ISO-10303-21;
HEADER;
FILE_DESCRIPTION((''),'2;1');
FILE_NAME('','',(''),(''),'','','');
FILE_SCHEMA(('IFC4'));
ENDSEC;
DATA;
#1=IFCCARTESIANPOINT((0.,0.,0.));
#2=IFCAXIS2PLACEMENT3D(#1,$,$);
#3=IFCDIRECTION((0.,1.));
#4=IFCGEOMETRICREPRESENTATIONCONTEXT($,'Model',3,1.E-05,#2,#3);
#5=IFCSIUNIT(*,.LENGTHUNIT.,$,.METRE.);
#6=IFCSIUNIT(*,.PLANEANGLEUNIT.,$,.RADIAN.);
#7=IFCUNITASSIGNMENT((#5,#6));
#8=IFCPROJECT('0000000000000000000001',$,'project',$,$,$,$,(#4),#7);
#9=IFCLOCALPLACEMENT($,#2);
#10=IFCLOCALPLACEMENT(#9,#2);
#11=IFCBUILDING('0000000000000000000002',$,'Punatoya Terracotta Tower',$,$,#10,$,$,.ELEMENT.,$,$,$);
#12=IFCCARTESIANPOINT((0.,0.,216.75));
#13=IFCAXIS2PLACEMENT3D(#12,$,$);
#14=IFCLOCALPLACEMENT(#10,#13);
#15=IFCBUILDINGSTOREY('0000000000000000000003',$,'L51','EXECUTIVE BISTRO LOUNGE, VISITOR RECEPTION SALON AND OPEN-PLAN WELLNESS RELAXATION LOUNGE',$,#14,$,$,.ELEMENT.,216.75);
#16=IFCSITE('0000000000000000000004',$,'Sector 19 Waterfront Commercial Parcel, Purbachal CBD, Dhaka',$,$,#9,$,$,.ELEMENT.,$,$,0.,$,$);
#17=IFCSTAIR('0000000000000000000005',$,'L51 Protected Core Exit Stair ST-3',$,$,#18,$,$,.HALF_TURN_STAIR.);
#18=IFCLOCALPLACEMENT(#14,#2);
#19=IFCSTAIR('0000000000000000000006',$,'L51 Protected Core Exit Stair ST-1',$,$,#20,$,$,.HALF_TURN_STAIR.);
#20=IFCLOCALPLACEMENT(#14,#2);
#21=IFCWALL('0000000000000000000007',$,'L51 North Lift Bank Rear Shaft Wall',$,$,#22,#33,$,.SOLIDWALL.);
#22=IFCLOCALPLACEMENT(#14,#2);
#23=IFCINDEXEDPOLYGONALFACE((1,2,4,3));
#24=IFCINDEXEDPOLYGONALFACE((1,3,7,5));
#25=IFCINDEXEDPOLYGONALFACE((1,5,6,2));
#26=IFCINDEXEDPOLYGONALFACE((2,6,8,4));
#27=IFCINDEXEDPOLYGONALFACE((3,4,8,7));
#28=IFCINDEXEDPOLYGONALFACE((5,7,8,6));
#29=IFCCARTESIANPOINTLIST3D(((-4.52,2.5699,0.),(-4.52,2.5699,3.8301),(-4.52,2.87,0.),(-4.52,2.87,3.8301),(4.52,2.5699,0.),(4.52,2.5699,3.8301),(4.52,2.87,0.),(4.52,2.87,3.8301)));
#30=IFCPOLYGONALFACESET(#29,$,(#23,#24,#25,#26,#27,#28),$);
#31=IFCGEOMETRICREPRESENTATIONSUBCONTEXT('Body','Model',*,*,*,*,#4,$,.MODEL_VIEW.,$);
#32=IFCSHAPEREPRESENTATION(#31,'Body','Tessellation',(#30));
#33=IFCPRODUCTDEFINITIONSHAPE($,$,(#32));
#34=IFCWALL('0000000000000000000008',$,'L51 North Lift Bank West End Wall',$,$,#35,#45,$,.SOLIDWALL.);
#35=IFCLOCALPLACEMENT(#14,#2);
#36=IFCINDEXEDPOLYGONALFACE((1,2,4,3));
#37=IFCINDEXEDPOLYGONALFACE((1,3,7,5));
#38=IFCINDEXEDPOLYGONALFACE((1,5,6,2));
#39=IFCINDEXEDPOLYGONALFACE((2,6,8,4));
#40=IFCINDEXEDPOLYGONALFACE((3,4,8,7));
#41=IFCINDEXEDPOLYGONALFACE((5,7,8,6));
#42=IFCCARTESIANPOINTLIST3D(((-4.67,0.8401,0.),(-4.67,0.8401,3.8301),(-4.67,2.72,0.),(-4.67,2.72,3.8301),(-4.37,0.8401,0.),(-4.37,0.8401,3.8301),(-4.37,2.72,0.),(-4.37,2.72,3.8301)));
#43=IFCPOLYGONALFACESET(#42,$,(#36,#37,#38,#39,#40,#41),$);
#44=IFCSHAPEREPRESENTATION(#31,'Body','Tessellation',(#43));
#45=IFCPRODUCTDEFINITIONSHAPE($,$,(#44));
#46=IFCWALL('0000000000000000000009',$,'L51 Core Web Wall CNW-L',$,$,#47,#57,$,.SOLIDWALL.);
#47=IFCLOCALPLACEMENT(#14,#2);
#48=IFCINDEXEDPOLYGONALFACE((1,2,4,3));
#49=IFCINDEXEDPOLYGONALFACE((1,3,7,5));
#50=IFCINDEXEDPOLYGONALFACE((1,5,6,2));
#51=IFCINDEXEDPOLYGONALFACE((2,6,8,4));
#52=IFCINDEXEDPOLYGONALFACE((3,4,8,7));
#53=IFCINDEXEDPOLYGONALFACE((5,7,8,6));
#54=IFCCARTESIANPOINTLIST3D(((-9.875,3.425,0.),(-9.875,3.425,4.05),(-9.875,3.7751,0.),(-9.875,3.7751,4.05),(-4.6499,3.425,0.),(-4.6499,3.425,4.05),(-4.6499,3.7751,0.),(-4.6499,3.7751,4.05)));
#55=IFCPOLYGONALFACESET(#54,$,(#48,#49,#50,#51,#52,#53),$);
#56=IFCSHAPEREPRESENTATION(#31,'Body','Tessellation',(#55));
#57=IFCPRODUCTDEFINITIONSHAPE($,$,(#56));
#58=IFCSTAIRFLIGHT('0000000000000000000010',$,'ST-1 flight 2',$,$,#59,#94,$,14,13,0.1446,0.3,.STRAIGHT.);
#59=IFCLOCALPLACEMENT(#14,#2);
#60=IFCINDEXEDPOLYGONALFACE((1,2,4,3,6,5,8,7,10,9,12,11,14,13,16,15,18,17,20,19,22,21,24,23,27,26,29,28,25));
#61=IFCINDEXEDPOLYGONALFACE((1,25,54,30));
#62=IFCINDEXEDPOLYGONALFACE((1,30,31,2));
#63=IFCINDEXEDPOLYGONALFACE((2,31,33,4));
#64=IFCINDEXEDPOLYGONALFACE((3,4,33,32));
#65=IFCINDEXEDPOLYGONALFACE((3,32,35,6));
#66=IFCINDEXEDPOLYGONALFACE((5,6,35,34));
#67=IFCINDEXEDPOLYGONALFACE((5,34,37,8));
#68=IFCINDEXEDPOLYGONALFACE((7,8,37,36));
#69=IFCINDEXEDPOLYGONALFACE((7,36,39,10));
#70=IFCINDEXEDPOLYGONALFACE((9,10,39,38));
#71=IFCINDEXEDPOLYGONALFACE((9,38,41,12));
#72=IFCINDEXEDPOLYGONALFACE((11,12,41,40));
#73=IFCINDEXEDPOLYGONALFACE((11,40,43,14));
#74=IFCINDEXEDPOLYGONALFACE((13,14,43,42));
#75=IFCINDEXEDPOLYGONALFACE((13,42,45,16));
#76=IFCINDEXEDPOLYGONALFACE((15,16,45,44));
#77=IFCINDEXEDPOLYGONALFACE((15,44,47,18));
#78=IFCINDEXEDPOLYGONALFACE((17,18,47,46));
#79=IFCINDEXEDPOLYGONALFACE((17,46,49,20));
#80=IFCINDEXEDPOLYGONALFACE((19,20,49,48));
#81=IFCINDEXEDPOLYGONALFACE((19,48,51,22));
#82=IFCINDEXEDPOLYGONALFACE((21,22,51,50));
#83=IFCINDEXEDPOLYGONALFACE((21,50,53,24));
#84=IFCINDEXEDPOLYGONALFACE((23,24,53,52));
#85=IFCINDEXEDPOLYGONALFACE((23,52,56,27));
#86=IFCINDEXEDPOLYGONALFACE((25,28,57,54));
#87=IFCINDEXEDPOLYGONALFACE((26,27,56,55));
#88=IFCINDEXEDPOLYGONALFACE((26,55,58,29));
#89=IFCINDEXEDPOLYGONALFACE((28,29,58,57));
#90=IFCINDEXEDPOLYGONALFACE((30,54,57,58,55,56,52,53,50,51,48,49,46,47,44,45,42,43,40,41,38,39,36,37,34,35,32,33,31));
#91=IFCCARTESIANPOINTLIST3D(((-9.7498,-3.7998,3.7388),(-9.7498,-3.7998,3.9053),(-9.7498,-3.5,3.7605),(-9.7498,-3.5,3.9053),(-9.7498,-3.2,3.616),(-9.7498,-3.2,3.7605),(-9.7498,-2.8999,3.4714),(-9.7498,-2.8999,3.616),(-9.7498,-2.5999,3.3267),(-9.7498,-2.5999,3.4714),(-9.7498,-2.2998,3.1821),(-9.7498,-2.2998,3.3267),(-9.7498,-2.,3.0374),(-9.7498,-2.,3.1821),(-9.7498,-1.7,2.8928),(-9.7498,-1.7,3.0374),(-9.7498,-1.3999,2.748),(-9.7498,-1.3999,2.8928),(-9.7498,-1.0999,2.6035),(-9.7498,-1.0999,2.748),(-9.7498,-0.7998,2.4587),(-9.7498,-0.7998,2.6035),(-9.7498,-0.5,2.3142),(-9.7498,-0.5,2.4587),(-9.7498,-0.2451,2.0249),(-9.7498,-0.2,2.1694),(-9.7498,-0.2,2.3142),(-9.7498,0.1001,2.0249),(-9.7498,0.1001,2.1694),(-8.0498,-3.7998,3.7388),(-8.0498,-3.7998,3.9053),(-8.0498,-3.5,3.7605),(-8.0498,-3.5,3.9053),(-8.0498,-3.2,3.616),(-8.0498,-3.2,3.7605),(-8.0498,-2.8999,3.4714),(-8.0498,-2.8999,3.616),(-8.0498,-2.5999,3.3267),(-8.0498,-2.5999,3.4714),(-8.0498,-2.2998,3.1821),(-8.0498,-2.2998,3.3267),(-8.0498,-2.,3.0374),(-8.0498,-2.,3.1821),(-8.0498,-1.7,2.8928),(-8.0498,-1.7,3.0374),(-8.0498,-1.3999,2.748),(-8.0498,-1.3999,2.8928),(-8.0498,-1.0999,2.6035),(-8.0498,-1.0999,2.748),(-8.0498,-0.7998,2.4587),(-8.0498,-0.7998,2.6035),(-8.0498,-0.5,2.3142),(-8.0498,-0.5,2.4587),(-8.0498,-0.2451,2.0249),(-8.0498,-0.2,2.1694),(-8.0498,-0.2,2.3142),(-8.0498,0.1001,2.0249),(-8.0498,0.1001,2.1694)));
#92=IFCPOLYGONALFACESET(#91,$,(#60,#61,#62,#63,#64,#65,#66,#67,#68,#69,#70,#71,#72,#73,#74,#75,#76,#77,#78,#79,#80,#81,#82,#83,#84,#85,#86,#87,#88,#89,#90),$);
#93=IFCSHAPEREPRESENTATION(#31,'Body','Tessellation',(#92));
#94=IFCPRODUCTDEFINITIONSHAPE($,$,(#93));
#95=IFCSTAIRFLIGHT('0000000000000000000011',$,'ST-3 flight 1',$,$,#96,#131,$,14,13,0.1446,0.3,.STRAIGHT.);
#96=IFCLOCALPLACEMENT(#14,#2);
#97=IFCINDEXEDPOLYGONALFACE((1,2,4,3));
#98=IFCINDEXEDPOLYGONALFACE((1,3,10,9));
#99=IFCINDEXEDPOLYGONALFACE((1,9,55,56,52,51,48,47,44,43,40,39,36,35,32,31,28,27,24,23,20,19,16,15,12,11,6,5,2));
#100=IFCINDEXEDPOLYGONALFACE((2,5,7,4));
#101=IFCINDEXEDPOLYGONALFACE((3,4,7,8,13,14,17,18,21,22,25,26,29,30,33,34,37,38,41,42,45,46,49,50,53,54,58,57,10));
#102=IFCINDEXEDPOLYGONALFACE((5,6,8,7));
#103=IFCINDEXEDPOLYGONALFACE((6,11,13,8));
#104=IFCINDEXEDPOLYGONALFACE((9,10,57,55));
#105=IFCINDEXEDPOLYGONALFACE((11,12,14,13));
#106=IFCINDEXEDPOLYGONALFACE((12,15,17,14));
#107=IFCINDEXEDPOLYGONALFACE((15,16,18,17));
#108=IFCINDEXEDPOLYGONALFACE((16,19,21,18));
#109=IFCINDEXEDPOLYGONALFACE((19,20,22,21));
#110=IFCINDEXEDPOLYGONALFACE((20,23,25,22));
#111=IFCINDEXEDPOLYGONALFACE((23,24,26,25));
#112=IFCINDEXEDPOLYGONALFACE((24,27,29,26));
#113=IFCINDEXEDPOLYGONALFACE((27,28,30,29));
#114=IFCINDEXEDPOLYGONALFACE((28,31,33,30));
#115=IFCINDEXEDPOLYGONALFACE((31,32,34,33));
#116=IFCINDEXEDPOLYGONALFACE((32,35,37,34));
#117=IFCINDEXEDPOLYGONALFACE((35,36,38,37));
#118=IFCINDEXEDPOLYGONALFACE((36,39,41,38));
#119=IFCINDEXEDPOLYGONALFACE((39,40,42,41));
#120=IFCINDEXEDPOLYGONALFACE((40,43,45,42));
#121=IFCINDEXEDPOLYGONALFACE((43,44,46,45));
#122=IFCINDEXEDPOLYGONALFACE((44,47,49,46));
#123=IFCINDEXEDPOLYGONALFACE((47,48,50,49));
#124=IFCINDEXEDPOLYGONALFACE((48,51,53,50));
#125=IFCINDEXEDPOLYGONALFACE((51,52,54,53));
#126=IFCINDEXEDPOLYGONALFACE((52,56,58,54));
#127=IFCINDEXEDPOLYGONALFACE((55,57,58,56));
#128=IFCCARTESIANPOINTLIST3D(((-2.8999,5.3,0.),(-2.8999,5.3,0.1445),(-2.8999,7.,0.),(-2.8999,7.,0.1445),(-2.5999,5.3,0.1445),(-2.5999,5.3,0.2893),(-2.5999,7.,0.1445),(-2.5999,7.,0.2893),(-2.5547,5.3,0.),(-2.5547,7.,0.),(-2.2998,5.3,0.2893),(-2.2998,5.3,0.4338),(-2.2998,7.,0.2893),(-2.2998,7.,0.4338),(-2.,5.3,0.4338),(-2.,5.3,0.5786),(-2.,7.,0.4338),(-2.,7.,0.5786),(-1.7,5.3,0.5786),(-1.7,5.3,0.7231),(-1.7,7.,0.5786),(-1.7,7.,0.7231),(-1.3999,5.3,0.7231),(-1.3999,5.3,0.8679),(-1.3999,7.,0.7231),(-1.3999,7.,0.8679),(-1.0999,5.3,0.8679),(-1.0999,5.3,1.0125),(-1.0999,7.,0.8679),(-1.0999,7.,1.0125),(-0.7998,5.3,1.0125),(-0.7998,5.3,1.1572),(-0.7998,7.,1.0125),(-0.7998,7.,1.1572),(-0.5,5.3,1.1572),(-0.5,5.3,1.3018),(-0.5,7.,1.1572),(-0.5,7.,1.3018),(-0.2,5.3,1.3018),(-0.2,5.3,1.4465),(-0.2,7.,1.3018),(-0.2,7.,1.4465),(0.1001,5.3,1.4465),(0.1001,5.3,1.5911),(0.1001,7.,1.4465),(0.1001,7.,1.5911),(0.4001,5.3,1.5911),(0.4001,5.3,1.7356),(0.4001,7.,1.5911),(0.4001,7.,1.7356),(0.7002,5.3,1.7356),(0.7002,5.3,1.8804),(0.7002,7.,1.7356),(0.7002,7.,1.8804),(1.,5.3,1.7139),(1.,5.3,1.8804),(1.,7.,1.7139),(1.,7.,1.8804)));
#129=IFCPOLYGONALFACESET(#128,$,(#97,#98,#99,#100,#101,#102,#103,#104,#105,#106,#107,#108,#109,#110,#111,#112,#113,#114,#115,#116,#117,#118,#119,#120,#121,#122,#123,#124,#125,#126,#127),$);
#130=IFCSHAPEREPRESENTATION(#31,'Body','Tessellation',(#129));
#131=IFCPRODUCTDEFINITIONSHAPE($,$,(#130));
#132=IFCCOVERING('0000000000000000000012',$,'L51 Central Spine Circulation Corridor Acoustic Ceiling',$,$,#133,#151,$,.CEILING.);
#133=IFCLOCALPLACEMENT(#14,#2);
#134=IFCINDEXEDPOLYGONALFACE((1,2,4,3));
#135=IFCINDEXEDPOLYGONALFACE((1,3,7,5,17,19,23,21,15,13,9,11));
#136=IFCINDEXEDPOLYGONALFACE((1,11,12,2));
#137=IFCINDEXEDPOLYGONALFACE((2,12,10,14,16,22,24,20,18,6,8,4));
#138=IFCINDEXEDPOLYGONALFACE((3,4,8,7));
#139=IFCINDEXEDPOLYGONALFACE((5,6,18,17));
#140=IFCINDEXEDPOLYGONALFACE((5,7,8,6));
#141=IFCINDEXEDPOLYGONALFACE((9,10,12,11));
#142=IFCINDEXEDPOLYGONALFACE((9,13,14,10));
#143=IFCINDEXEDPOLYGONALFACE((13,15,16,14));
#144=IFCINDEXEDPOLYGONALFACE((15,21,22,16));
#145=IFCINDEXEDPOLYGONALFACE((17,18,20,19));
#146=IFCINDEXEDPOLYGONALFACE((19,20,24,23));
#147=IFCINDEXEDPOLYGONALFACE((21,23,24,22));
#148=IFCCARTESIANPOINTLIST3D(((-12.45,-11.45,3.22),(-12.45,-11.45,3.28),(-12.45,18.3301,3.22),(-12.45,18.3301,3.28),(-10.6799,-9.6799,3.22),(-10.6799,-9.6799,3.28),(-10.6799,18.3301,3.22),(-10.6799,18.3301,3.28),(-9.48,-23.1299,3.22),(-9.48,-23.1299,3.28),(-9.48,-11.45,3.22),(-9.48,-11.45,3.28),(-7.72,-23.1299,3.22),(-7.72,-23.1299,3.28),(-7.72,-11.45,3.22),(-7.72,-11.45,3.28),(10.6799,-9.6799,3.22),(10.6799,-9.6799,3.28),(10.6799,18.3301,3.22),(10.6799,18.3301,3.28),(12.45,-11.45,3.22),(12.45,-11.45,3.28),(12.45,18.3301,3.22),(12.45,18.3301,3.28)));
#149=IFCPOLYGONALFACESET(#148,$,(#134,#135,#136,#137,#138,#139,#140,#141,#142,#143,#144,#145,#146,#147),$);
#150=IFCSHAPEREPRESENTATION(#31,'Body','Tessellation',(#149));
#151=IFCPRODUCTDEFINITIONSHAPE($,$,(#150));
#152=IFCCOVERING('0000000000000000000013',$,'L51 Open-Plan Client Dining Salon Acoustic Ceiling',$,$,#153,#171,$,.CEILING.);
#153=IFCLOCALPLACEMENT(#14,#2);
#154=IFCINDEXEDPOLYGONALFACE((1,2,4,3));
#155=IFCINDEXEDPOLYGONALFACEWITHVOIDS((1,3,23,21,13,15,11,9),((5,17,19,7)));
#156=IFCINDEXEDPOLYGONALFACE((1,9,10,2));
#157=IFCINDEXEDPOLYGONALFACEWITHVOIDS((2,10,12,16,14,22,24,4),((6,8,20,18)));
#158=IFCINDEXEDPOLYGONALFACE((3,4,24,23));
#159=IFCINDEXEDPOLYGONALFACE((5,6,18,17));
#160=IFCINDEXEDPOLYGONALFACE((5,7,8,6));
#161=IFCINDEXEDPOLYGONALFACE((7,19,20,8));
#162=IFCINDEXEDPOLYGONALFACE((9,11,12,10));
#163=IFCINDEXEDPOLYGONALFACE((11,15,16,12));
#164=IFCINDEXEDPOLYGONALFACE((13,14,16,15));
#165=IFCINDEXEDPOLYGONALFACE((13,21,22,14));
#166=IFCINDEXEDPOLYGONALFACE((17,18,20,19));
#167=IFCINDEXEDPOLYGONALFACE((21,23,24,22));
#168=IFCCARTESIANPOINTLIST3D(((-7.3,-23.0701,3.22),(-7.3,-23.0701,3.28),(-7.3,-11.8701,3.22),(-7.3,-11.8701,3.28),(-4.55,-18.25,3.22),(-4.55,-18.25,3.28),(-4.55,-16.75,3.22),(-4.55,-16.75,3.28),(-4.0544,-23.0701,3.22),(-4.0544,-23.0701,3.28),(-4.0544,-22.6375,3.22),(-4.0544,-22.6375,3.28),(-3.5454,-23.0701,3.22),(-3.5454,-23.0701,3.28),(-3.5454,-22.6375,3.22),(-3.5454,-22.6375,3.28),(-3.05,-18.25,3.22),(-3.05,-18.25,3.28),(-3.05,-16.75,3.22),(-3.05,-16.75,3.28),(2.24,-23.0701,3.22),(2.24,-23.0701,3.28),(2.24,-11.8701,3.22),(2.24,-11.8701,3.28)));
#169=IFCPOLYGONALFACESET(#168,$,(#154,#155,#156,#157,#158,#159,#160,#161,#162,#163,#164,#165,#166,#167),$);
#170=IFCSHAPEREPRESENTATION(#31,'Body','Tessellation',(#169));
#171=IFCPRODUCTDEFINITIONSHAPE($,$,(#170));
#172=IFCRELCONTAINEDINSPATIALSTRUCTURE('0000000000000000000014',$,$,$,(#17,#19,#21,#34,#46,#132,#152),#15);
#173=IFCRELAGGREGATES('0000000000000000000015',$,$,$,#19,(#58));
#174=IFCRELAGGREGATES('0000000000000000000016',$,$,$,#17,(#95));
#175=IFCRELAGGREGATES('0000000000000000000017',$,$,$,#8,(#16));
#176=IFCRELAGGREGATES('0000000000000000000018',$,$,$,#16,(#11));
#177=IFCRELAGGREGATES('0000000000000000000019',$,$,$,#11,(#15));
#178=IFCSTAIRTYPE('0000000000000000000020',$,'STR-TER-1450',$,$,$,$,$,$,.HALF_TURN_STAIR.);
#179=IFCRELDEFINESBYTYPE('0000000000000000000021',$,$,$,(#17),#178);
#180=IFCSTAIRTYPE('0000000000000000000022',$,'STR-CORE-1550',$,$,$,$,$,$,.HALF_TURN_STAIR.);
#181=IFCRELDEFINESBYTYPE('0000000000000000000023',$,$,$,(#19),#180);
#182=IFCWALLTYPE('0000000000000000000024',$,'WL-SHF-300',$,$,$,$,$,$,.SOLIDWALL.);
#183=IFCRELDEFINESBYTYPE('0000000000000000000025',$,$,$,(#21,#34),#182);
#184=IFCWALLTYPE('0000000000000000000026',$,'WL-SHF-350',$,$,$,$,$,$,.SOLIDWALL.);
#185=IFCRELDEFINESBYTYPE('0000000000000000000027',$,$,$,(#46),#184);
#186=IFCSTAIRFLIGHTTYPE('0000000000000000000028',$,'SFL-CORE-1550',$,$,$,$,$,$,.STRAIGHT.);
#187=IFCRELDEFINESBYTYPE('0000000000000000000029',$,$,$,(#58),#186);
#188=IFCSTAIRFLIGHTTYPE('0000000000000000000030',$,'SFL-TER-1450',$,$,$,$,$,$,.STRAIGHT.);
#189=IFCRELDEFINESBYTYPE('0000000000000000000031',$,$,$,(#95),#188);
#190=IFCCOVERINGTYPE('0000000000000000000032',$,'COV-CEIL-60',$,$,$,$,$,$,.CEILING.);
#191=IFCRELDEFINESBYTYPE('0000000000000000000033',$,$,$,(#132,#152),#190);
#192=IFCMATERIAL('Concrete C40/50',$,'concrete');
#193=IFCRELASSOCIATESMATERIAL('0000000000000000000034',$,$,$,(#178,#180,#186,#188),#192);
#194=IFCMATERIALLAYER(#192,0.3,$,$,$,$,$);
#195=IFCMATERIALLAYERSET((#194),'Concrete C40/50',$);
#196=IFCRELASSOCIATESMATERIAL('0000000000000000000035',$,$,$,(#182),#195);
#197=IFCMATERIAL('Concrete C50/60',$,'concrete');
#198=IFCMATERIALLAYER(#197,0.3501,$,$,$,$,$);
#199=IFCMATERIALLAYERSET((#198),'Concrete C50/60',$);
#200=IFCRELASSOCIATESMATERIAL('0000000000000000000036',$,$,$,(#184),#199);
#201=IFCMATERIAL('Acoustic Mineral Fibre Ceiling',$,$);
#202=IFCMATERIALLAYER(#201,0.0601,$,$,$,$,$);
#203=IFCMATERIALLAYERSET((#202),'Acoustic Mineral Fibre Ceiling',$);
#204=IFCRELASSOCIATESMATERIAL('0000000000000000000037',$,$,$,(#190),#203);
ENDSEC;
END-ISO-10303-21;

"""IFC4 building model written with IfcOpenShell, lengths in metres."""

from ifc_helpers import new_model, si_unit, direction, frame, frame_2d, origin, place, context, subcontext, project, spatial, polyline, rectangle, outline, extrude, material, layer, layer_set, type_object, element, aggregate, save


model = new_model("IFC4")

# Units and contexts
model_context = context("Model", 3, precision=1e-05, world=origin(), true_north=direction((0.0, 1.0)))
body_context = subcontext(model_context, "Body", "Model", "MODEL_VIEW")
ifc_project = project(units=[si_unit("LENGTHUNIT", "METRE"), si_unit("PLANEANGLEUNIT", "RADIAN")], contexts=[model_context])

# Site, building, storey
site_placement = place(None, origin())
site = spatial("IfcSite", under=ifc_project, at=site_placement, Name="Sector 19 Waterfront Commercial Parcel, Purbachal CBD, Dhaka", CompositionType="ELEMENT", RefElevation=0.0)
building_placement = place(site_placement, origin())
building = spatial("IfcBuilding", under=site, at=building_placement, Name="Punatoya Terracotta Tower", CompositionType="ELEMENT")
storey_placement = place(building_placement, frame((0.0, 0.0, 216.75)))
storey = spatial("IfcBuildingStorey", under=building, at=storey_placement, Name="L51", Description="EXECUTIVE BISTRO LOUNGE, VISITOR RECEPTION SALON AND OPEN-PLAN WELLNESS RELAXATION LOUNGE", CompositionType="ELEMENT", Elevation=216.75)

# Stairs
ifc_material_1 = material(Name="Concrete C40/50", Category="concrete")
stair_type_1 = type_object("IfcStairType", Name="STR-TER-1450", PredefinedType="HALF_TURN_STAIR", material=ifc_material_1)
stair_1_placement = place(storey_placement, origin())
stair_1 = element("IfcStair", 1, at=stair_1_placement, inside=storey, type_object=stair_type_1, Name="L51 Protected Core Exit Stair ST-3", PredefinedType="HALF_TURN_STAIR")
stair_type_2 = type_object("IfcStairType", Name="STR-CORE-1550", PredefinedType="HALF_TURN_STAIR", material=ifc_material_1)
stair_2_placement = place(storey_placement, origin())
stair_2 = element("IfcStair", 2, at=stair_2_placement, inside=storey, type_object=stair_type_2, Name="L51 Protected Core Exit Stair ST-1", PredefinedType="HALF_TURN_STAIR")

# Shared definitions
ifc_layer_1 = layer(ifc_material_1, 0.3)
ifc_layer_set_1 = layer_set([ifc_layer_1], Name="Concrete C40/50")
wall_type_1 = type_object("IfcWallType", Name="WL-SHF-300", PredefinedType="SOLIDWALL", material=ifc_layer_set_1)

# Walls
wall_1_placement = place(storey_placement, frame((-4.52, 2.72, 0.0), z_axis=(0.0, 0.0, 1.0), x_axis=(1.0, 0.0, 0.0)))
element("IfcWall", 3, at=wall_1_placement, inside=storey, type_object=wall_type_1, Name="L51 North Lift Bank Rear Shaft Wall", PredefinedType="SOLIDWALL", context=body_context, shape_type="SweptSolid", body=[
    extrude(rectangle(XDim=9.04, YDim=0.3, at=frame_2d((4.52, 0.0))), origin(), (0.0, 0.0, 1.0), 3.8301),
])
wall_2_placement = place(storey_placement, frame((-4.52, 0.8401, 0.0), z_axis=(0.0, 0.0, 1.0), x_axis=(0.0, 1.0, 0.0)))
element("IfcWall", 4, at=wall_2_placement, inside=storey, type_object=wall_type_1, Name="L51 North Lift Bank West End Wall", PredefinedType="SOLIDWALL", context=body_context, shape_type="SweptSolid", body=[
    extrude(rectangle(XDim=1.8799, YDim=0.3, at=frame_2d((0.9399, 0.0))), origin(), (0.0, 0.0, 1.0), 3.8301),
])
ifc_material_2 = material(Name="Concrete C50/60", Category="concrete")
ifc_layer_2 = layer(ifc_material_2, 0.3501)
ifc_layer_set_2 = layer_set([ifc_layer_2], Name="Concrete C50/60")
wall_type_2 = type_object("IfcWallType", Name="WL-SHF-350", PredefinedType="SOLIDWALL", material=ifc_layer_set_2)
wall_3_placement = place(storey_placement, frame((-9.875, 3.6001, 0.0), z_axis=(0.0, 0.0, 1.0), x_axis=(1.0, 0.0, 0.0)))
element("IfcWall", 5, at=wall_3_placement, inside=storey, type_object=wall_type_2, Name="L51 Core Web Wall CNW-L", PredefinedType="SOLIDWALL", context=body_context, shape_type="SweptSolid", body=[
    extrude(rectangle(XDim=5.2251, YDim=0.3501, at=frame_2d((2.6125, 0.0))), origin(), (0.0, 0.0, 1.0), 4.05),
])

# Stair flights
stair_flight_type_1 = type_object("IfcStairFlightType", Name="SFL-CORE-1550", PredefinedType="STRAIGHT", material=ifc_material_1)
stair_flight_1_placement = place(storey_placement, frame((-8.8999, 0.1001, 2.0249), z_axis=(0.0, 0.0, 1.0), x_axis=(0.0, -1.0, 0.0)))
stair_flight_1 = element("IfcStairFlight", 6, at=stair_flight_1_placement, type_object=stair_flight_type_1, Name="ST-1 flight 2", NumberOfRisers=14, NumberOfTreads=13, PredefinedType="STRAIGHT", RiserHeight=0.1446, TreadLength=0.3, context=body_context, shape_type="SweptSolid", body=[
    extrude(outline(polyline([(0.0, 0.0), (0.0, 0.1445), (0.3, 0.1445), (0.3, 0.2893), (0.6001, 0.2893), (0.6001, 0.4338), (0.8999, 0.4338), (0.8999, 0.5786), (1.2, 0.5786), (1.2, 0.7231), (1.5, 0.7231), (1.5, 0.8679), (1.8, 0.8679), (1.8, 1.0125), (2.1001, 1.0125), (2.1001, 1.1572), (2.3999, 1.1572), (2.3999, 1.3018), (2.7, 1.3018), (2.7, 1.4465), (3.0, 1.4465), (3.0, 1.5911), (3.3, 1.5911), (3.3, 1.7356), (3.6001, 1.7356), (3.6001, 1.8804), (3.8999, 1.8804), (3.8999, 2.0249), (3.8999, 1.7139), (0.3452, 0.0), (0.0, 0.0)])), frame((0.0, 0.8501, 0.0), z_axis=(0.0, -1.0, 0.0), x_axis=(1.0, 0.0, 0.0)), (0.0, 0.0, 1.0), 1.7),
])
aggregate(stair_2, [stair_flight_1])
stair_flight_type_2 = type_object("IfcStairFlightType", Name="SFL-TER-1450", PredefinedType="STRAIGHT", material=ifc_material_1)
stair_flight_2_placement = place(storey_placement, frame((-2.8999, 6.1499, 0.0), z_axis=(0.0, 0.0, 1.0), x_axis=(1.0, 0.0, 0.0)))
stair_flight_2 = element("IfcStairFlight", 7, at=stair_flight_2_placement, type_object=stair_flight_type_2, Name="ST-3 flight 1", NumberOfRisers=14, NumberOfTreads=13, PredefinedType="STRAIGHT", RiserHeight=0.1446, TreadLength=0.3, context=body_context, shape_type="SweptSolid", body=[
    extrude(outline(polyline([(0.0, 0.0), (0.0, 0.1445), (0.3, 0.1445), (0.3, 0.2893), (0.6001, 0.2893), (0.6001, 0.4338), (0.8999, 0.4338), (0.8999, 0.5786), (1.2, 0.5786), (1.2, 0.7231), (1.5, 0.7231), (1.5, 0.8679), (1.8, 0.8679), (1.8, 1.0125), (2.1001, 1.0125), (2.1001, 1.1572), (2.3999, 1.1572), (2.3999, 1.3018), (2.7, 1.3018), (2.7, 1.4465), (3.0, 1.4465), (3.0, 1.5911), (3.3, 1.5911), (3.3, 1.7356), (3.6001, 1.7356), (3.6001, 1.8804), (3.8999, 1.8804), (3.8999, 2.0249), (3.8999, 1.7139), (0.3452, 0.0), (0.0, 0.0)])), frame((0.0, 0.8501, 0.0), z_axis=(0.0, -1.0, 0.0), x_axis=(1.0, 0.0, 0.0)), (0.0, 0.0, 1.0), 1.7),
])
aggregate(stair_1, [stair_flight_2])

# Coverings
ifc_material_3 = material(Name="Acoustic Mineral Fibre Ceiling")
ifc_layer_3 = layer(ifc_material_3, 0.0601)
ifc_layer_set_3 = layer_set([ifc_layer_3], Name="Acoustic Mineral Fibre Ceiling")
covering_type = type_object("IfcCoveringType", Name="COV-CEIL-60", PredefinedType="CEILING", material=ifc_layer_set_3)
covering_1_placement = place(storey_placement, frame((0.0, 0.0, 3.22)))
element("IfcCovering", 8, at=covering_1_placement, inside=storey, type_object=covering_type, Name="L51 Central Spine Circulation Corridor Acoustic Ceiling", PredefinedType="CEILING", context=body_context, shape_type="SweptSolid", body=[
    extrude(outline(polyline([(12.45, -11.45), (12.45, 18.3301), (10.6799, 18.3301), (10.6799, -9.6799), (-10.6799, -9.6799), (-10.6799, 18.3301), (-12.45, 18.3301), (-12.45, -11.45), (-9.48, -11.45), (-9.48, -23.1299), (-7.72, -23.1299), (-7.72, -11.45), (12.45, -11.45)])), origin(), (0.0, 0.0, 1.0), 0.0601),
])
covering_2_placement = place(storey_placement, frame((0.0, 0.0, 3.22)))
element("IfcCovering", 9, at=covering_2_placement, inside=storey, type_object=covering_type, Name="L51 Open-Plan Client Dining Salon Acoustic Ceiling", PredefinedType="CEILING", context=body_context, shape_type="SweptSolid", body=[
    extrude(outline(polyline([(-7.3, -23.0701), (-4.0544, -23.0701), (-4.0544, -22.6375), (-3.5454, -22.6375), (-3.5454, -23.0701), (2.24, -23.0701), (2.24, -11.8701), (-7.3, -11.8701), (-7.3, -23.0701)]), holes=[polyline([(-4.55, -16.75), (-3.05, -16.75), (-3.05, -18.25), (-4.55, -18.25), (-4.55, -16.75)])]), origin(), (0.0, 0.0, 1.0), 0.0601),
])

save(model, "model.ifc")
